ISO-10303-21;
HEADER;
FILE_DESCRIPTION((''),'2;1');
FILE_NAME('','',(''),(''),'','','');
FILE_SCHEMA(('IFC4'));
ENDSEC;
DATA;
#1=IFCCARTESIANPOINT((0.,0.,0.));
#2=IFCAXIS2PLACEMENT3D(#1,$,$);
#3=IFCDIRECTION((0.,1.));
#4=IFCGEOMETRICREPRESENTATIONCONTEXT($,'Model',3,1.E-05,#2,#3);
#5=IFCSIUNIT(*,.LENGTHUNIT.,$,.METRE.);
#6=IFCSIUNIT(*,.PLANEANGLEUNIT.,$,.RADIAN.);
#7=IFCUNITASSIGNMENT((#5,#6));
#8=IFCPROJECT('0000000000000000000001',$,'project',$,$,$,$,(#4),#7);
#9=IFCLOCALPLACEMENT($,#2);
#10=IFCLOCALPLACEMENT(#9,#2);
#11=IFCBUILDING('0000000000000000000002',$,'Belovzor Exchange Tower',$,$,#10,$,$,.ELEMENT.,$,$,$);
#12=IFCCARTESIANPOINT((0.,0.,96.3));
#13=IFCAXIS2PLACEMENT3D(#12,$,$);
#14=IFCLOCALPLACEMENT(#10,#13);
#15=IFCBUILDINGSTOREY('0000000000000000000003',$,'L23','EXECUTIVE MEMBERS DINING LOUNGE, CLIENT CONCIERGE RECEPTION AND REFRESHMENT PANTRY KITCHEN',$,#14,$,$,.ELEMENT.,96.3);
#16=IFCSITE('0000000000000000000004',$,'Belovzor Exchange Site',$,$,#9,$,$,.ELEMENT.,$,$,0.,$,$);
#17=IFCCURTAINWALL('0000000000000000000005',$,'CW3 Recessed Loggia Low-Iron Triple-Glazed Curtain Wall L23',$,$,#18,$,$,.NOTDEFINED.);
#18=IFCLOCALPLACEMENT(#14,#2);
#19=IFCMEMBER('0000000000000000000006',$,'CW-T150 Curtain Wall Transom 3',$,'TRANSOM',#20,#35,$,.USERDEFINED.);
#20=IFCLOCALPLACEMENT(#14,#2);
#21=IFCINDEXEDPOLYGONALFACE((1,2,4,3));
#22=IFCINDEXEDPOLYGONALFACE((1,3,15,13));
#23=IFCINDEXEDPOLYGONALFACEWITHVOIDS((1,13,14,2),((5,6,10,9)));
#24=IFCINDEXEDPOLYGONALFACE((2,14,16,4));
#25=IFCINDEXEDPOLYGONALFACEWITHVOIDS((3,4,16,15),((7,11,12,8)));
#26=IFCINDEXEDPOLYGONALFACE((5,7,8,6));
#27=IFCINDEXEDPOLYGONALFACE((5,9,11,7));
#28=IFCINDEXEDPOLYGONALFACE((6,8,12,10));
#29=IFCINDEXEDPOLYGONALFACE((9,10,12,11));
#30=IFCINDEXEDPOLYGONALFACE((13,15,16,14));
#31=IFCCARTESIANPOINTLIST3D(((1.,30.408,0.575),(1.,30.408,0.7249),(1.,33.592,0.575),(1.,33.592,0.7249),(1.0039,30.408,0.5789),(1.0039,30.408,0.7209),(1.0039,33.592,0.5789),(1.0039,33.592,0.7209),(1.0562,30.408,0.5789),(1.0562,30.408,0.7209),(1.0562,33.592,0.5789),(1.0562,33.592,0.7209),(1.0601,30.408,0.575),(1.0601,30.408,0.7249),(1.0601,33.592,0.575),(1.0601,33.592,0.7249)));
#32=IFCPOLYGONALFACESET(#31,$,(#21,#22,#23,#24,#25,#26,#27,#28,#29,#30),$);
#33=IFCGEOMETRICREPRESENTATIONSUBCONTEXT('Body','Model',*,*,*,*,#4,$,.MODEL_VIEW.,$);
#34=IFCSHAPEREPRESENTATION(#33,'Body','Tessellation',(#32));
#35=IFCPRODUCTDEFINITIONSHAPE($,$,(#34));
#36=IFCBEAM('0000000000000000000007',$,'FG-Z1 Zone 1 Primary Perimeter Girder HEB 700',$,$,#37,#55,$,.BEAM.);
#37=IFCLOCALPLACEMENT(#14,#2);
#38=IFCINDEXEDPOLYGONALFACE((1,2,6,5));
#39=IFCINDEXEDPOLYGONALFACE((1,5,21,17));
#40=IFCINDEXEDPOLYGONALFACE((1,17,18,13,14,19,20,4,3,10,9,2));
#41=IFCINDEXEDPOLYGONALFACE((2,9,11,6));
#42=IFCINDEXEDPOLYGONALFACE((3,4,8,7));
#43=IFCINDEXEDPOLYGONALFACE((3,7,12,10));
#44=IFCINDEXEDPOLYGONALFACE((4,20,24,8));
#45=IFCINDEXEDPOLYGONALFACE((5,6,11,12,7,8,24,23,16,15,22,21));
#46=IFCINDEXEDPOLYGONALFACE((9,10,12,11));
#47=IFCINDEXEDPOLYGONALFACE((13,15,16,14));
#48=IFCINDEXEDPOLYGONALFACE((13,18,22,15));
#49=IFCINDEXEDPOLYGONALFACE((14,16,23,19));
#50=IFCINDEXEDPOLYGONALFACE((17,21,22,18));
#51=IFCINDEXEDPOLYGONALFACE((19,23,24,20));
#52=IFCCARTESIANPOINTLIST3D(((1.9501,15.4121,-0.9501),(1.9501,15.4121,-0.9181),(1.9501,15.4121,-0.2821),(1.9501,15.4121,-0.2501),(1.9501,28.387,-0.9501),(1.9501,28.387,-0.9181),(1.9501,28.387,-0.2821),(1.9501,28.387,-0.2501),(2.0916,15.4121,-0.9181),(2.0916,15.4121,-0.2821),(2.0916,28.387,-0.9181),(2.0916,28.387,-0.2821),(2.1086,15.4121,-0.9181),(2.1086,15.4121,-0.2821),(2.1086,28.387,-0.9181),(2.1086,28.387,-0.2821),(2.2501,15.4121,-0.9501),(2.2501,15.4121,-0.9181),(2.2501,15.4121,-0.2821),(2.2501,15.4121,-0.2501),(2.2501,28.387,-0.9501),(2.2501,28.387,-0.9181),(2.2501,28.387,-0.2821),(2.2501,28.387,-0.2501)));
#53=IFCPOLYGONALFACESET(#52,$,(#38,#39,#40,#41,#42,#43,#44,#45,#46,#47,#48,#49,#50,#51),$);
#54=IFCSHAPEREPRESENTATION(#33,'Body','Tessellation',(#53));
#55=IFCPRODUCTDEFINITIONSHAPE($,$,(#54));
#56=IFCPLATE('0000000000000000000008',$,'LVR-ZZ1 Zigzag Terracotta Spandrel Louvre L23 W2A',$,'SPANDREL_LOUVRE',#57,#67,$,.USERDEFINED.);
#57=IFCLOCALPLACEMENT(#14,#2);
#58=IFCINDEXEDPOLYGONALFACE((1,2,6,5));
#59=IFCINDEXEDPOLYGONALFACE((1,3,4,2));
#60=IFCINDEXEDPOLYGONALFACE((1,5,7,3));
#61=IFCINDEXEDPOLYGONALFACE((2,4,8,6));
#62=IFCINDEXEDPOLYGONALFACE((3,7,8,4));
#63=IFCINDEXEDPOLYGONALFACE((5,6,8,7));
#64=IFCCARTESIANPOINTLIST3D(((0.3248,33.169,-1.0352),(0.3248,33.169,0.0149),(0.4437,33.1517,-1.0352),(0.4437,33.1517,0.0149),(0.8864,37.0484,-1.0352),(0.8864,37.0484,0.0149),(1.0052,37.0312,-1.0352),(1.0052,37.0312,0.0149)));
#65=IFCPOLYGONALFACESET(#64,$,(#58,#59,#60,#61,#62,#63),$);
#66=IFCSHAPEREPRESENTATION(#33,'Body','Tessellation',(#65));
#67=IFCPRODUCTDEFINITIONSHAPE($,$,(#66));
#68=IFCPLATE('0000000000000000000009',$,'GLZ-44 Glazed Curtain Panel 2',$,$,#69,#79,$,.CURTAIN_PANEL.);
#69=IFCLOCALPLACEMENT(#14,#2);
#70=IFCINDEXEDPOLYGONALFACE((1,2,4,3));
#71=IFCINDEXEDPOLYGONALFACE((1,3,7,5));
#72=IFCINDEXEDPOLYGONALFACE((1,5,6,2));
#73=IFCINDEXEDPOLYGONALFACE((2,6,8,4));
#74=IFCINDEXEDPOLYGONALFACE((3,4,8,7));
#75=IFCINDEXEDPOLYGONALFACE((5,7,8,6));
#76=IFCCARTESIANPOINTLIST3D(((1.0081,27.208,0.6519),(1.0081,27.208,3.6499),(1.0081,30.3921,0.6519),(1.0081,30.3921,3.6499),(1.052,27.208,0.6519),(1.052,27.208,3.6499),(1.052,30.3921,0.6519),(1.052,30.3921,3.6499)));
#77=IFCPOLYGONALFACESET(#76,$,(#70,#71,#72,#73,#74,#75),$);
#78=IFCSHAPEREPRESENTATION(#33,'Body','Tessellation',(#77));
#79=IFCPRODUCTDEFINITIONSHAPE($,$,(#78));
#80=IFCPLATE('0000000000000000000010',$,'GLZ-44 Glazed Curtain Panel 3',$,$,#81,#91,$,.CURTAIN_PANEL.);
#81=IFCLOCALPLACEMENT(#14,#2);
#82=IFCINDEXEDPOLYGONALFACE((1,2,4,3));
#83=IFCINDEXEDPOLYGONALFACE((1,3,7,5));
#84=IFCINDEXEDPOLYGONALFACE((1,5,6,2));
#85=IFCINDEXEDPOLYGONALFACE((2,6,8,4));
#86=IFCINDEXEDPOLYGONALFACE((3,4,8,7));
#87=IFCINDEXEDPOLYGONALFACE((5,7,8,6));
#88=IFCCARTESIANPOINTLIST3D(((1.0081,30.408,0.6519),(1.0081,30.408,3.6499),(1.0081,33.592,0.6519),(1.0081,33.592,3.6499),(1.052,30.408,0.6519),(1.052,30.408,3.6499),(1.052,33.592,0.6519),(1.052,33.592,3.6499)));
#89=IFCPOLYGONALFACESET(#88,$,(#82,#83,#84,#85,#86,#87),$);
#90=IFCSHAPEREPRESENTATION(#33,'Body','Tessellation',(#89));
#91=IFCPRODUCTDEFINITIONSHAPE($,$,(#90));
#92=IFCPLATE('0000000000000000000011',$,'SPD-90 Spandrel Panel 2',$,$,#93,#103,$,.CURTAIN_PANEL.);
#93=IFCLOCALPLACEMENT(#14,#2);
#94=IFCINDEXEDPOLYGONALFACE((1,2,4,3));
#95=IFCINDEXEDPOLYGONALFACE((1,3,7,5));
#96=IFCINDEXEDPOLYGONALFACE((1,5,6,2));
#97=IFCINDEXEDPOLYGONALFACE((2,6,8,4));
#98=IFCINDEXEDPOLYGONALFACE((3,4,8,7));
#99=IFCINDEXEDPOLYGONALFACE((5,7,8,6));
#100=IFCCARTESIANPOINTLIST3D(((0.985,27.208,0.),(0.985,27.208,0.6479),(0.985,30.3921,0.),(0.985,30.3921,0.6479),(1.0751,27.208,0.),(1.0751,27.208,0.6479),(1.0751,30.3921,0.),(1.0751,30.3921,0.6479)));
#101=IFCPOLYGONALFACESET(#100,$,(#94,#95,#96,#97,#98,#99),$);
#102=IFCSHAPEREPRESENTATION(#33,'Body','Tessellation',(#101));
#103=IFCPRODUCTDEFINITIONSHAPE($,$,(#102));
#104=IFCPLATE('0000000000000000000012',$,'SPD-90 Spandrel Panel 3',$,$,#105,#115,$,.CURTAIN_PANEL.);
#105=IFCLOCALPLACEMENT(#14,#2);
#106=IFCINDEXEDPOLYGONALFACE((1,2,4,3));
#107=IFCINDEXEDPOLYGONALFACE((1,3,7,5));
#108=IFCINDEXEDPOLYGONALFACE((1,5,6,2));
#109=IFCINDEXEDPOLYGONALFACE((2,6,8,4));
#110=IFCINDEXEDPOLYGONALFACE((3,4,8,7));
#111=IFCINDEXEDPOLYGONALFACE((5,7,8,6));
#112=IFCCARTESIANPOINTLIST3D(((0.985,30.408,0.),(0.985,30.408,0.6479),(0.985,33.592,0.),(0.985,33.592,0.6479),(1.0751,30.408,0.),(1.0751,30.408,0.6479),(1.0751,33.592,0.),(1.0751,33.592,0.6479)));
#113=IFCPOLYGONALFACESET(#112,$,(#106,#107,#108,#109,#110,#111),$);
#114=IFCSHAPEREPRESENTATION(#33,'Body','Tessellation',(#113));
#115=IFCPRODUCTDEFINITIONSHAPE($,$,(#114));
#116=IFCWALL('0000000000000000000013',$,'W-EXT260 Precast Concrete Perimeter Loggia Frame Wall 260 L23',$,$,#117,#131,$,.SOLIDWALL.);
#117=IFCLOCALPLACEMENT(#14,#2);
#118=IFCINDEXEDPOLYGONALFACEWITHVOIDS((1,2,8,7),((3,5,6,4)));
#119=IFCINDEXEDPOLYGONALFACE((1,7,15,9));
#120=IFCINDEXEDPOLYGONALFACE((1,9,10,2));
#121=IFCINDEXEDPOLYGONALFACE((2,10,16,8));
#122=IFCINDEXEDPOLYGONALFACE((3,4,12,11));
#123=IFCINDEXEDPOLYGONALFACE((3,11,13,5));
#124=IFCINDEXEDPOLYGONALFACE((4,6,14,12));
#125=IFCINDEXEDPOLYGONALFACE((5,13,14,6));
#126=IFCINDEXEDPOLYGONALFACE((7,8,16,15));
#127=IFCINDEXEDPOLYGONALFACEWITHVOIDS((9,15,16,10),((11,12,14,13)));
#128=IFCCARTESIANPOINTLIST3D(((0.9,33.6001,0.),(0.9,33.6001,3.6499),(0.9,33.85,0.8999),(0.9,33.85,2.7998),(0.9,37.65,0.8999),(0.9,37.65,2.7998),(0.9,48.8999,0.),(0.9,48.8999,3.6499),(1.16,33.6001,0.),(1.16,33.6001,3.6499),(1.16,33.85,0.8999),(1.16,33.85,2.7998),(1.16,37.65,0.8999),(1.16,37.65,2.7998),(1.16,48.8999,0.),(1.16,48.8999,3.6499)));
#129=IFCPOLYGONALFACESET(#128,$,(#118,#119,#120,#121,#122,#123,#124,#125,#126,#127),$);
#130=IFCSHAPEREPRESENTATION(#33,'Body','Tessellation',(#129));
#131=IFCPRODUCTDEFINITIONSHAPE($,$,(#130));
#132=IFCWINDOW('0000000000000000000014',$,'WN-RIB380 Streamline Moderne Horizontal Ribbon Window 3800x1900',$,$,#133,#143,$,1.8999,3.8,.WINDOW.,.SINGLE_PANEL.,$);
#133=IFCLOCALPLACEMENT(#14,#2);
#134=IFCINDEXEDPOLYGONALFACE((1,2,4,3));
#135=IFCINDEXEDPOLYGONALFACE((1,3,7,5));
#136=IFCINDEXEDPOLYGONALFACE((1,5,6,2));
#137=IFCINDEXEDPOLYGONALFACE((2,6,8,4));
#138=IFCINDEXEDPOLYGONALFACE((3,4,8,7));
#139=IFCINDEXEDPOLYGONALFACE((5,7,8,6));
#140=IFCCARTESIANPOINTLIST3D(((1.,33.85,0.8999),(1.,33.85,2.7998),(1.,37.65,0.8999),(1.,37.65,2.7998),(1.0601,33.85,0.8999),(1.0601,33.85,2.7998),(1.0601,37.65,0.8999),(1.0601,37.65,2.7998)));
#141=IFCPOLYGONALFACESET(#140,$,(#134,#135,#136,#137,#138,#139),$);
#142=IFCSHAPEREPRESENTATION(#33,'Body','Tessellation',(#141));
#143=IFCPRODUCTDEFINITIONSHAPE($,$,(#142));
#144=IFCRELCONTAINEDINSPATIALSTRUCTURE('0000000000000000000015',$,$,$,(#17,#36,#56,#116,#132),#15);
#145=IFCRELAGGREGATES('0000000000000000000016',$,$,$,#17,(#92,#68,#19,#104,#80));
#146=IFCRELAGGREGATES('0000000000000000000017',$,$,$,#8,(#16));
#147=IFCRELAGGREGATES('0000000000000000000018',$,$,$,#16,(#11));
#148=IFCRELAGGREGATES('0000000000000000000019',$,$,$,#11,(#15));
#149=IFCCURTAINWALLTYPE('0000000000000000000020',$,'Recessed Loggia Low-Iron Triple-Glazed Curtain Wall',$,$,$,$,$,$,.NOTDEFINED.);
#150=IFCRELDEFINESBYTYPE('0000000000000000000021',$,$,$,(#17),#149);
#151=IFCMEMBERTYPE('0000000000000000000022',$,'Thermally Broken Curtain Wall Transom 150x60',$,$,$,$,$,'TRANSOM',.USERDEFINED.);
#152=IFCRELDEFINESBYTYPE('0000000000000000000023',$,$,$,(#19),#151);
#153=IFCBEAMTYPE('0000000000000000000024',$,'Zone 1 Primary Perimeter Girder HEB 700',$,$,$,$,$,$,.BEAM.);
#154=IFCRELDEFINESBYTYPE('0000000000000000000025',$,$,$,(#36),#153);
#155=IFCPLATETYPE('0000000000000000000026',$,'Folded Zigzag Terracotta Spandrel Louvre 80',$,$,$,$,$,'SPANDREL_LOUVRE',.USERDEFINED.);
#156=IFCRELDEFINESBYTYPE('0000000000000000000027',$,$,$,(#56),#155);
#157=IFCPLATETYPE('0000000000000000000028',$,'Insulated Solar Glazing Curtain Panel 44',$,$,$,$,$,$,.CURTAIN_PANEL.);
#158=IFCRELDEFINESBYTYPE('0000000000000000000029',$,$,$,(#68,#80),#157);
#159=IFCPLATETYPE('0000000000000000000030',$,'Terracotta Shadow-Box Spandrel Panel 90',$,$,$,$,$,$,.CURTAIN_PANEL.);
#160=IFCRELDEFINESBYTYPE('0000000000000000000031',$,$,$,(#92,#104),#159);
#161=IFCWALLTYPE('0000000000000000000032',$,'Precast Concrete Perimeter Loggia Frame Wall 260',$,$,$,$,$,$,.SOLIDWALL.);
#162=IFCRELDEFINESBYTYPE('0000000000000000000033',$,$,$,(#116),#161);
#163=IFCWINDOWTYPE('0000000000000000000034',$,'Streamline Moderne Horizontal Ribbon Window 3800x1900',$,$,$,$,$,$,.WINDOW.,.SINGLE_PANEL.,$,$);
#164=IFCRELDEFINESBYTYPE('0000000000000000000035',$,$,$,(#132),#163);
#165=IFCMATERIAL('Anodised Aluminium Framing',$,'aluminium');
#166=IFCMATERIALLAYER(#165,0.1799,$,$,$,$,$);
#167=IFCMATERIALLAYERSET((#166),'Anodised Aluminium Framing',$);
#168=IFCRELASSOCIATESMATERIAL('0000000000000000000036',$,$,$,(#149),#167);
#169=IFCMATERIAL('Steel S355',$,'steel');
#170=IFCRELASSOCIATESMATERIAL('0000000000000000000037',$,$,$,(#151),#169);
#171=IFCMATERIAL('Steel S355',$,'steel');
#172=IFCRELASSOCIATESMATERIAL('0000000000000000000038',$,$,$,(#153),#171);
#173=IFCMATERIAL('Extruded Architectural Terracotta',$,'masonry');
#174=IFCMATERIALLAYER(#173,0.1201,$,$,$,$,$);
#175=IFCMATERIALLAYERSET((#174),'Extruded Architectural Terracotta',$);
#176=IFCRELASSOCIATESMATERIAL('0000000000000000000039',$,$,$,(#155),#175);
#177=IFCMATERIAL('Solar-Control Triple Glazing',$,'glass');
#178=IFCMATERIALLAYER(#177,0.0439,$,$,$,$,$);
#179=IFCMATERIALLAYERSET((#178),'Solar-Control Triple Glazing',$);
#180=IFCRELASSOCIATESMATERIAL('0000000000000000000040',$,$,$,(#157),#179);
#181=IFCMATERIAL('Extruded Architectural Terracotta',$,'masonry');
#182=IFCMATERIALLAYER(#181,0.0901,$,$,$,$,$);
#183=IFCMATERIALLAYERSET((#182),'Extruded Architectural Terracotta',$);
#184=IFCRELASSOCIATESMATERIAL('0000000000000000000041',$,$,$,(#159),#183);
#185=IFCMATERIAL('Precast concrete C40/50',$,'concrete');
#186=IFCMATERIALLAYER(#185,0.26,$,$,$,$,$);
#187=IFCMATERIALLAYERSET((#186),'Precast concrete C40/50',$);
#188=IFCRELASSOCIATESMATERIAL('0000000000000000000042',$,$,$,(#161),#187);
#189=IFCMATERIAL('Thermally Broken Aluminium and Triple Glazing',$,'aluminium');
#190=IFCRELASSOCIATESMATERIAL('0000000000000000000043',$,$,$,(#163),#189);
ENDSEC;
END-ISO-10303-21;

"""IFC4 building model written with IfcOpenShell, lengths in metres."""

from ifc_helpers import new_model, si_unit, direction, frame, frame_2d, origin, origin_2d, place, context, subcontext, project, spatial, rectangle, hollow_rectangle, i_section, extrude, material, layer, layer_set, material_profile, profile_set, type_object, element, fill, aggregate, save


model = new_model("IFC4")

# Units and contexts
model_context = context("Model", 3, precision=1e-05, world=origin(), true_north=direction((0.0, 1.0)))
body_context = subcontext(model_context, "Body", "Model", "MODEL_VIEW")
ifc_project = project(units=[si_unit("LENGTHUNIT", "METRE"), si_unit("PLANEANGLEUNIT", "RADIAN")], contexts=[model_context])

# Site, building, storey
site_placement = place(None, origin())
site = spatial("IfcSite", under=ifc_project, at=site_placement, Name="Belovzor Exchange Site", CompositionType="ELEMENT", RefElevation=0.0)
building_placement = place(site_placement, origin())
building = spatial("IfcBuilding", under=site, at=building_placement, Name="Belovzor Exchange Tower", CompositionType="ELEMENT")
storey_placement = place(building_placement, frame((0.0, 0.0, 96.3)))
storey = spatial("IfcBuildingStorey", under=building, at=storey_placement, Name="L23", Description="EXECUTIVE MEMBERS DINING LOUNGE, CLIENT CONCIERGE RECEPTION AND REFRESHMENT PANTRY KITCHEN", CompositionType="ELEMENT", Elevation=96.3)

# Curtain wall, member
ifc_material_1 = material(Name="Anodised Aluminium Framing", Category="aluminium")
ifc_layer_1 = layer(ifc_material_1, 0.1799)
ifc_layer_set_1 = layer_set([ifc_layer_1], Name="Anodised Aluminium Framing")
curtain_wall_type = type_object("IfcCurtainWallType", Name="Recessed Loggia Low-Iron Triple-Glazed Curtain Wall", PredefinedType="NOTDEFINED", material=ifc_layer_set_1)
curtain_wall_placement = place(storey_placement, origin())
curtain_wall = element("IfcCurtainWall", 1, at=curtain_wall_placement, inside=storey, type_object=curtain_wall_type, Name="CW3 Recessed Loggia Low-Iron Triple-Glazed Curtain Wall L23", PredefinedType="NOTDEFINED")
ifc_material_2 = material(Name="Steel S355", Category="steel")
ifc_material_profile_1 = material_profile(ifc_material_2, hollow_rectangle(XDim=0.0601, YDim=0.1499, WallThickness=0.0039, at=origin_2d()))
ifc_profile_set_1 = profile_set([ifc_material_profile_1], Name="Steel S355")
member_type_1 = type_object("IfcMemberType", Name="Thermally Broken Curtain Wall Transom 150x60", ElementType="TRANSOM", PredefinedType="USERDEFINED", material=ifc_profile_set_1)
member_1_placement = place(storey_placement, frame((1.03, 30.408, 0.6499), z_axis=(0.0, 1.0, 0.0), x_axis=(-1.0, 0.0, 0.0)))
member_1 = element("IfcMember", 2, at=member_1_placement, type_object=member_type_1, Name="CW-T150 Curtain Wall Transom 3", ObjectType="TRANSOM", PredefinedType="USERDEFINED", context=body_context, shape_type="SweptSolid", body=[
    extrude(hollow_rectangle(XDim=0.0601, YDim=0.1499, WallThickness=0.0039, at=origin_2d()), origin(), (0.0, 0.0, 1.0), 3.1841),
])

# Beam
ifc_material_3 = material(Name="Steel S355", Category="steel")
ifc_material_profile_2 = material_profile(ifc_material_3, i_section(OverallWidth=0.3, OverallDepth=0.7, WebThickness=0.0171, FlangeThickness=0.032, at=origin_2d()))
ifc_profile_set_2 = profile_set([ifc_material_profile_2], Name="Steel S355")
beam_type_1 = type_object("IfcBeamType", Name="Zone 1 Primary Perimeter Girder HEB 700", PredefinedType="BEAM", material=ifc_profile_set_2)
beam_1_placement = place(storey_placement, frame((2.1001, 28.387, -0.6001), z_axis=(0.0, -1.0, 0.0), x_axis=(1.0, 0.0, 0.0)))
element("IfcBeam", 3, at=beam_1_placement, inside=storey, type_object=beam_type_1, Name="FG-Z1 Zone 1 Primary Perimeter Girder HEB 700", PredefinedType="BEAM", context=body_context, shape_type="SweptSolid", body=[
    extrude(i_section(OverallWidth=0.3, OverallDepth=0.7, WebThickness=0.0171, FlangeThickness=0.032, at=origin_2d()), origin(), (0.0, 0.0, 1.0), 12.9749),
])

# Plates
ifc_material_4 = material(Name="Extruded Architectural Terracotta", Category="masonry")
ifc_layer_2 = layer(ifc_material_4, 0.1201)
ifc_layer_set_2 = layer_set([ifc_layer_2], Name="Extruded Architectural Terracotta")
plate_type_1 = type_object("IfcPlateType", Name="Folded Zigzag Terracotta Spandrel Louvre 80", ElementType="SPANDREL_LOUVRE", PredefinedType="USERDEFINED", material=ifc_layer_set_2)
plate_1_placement = place(storey_placement, frame((0.665, 35.1001, -1.0352), z_axis=(0.0, 0.0, 1.0), x_axis=(0.143251, 0.989686, 0.0)))
element("IfcPlate", 4, at=plate_1_placement, inside=storey, type_object=plate_type_1, Name="LVR-ZZ1 Zigzag Terracotta Spandrel Louvre L23 W2A", ObjectType="SPANDREL_LOUVRE", PredefinedType="USERDEFINED", context=body_context, shape_type="SweptSolid", body=[
    extrude(rectangle(XDim=3.9199, YDim=0.1201, at=origin_2d()), origin(), (0.0, 0.0, 1.0), 1.05),
])
ifc_material_5 = material(Name="Solar-Control Triple Glazing", Category="glass")
ifc_layer_3 = layer(ifc_material_5, 0.0439)
ifc_layer_set_3 = layer_set([ifc_layer_3], Name="Solar-Control Triple Glazing")
plate_type_2 = type_object("IfcPlateType", Name="Insulated Solar Glazing Curtain Panel 44", PredefinedType="CURTAIN_PANEL", material=ifc_layer_set_3)
plate_2_placement = place(storey_placement, frame((1.03, 28.8, 0.6519), z_axis=(0.0, 0.0, 1.0), x_axis=(0.0, 1.0, 0.0)))
plate_2 = element("IfcPlate", 5, at=plate_2_placement, type_object=plate_type_2, Name="GLZ-44 Glazed Curtain Panel 2", PredefinedType="CURTAIN_PANEL", context=body_context, shape_type="SweptSolid", body=[
    extrude(rectangle(XDim=3.1841, YDim=0.0439, at=origin_2d()), origin(), (0.0, 0.0, 1.0), 2.998),
])
plate_3_placement = place(storey_placement, frame((1.03, 32.0, 0.6519), z_axis=(0.0, 0.0, 1.0), x_axis=(0.0, 1.0, 0.0)))
plate_3 = element("IfcPlate", 6, at=plate_3_placement, type_object=plate_type_2, Name="GLZ-44 Glazed Curtain Panel 3", PredefinedType="CURTAIN_PANEL", context=body_context, shape_type="SweptSolid", body=[
    extrude(rectangle(XDim=3.1841, YDim=0.0439, at=origin_2d()), origin(), (0.0, 0.0, 1.0), 2.998),
])
ifc_material_6 = material(Name="Extruded Architectural Terracotta", Category="masonry")
ifc_layer_4 = layer(ifc_material_6, 0.0901)
ifc_layer_set_4 = layer_set([ifc_layer_4], Name="Extruded Architectural Terracotta")
plate_type_3 = type_object("IfcPlateType", Name="Terracotta Shadow-Box Spandrel Panel 90", PredefinedType="CURTAIN_PANEL", material=ifc_layer_set_4)
plate_4_placement = place(storey_placement, frame((1.03, 28.8, 0.0), z_axis=(0.0, 0.0, 1.0), x_axis=(0.0, 1.0, 0.0)))
plate_4 = element("IfcPlate", 7, at=plate_4_placement, type_object=plate_type_3, Name="SPD-90 Spandrel Panel 2", PredefinedType="CURTAIN_PANEL", context=body_context, shape_type="SweptSolid", body=[
    extrude(rectangle(XDim=3.1841, YDim=0.0901, at=origin_2d()), origin(), (0.0, 0.0, 1.0), 0.6479),
])
plate_5_placement = place(storey_placement, frame((1.03, 32.0, 0.0), z_axis=(0.0, 0.0, 1.0), x_axis=(0.0, 1.0, 0.0)))
plate_5 = element("IfcPlate", 8, at=plate_5_placement, type_object=plate_type_3, Name="SPD-90 Spandrel Panel 3", PredefinedType="CURTAIN_PANEL", context=body_context, shape_type="SweptSolid", body=[
    extrude(rectangle(XDim=3.1841, YDim=0.0901, at=origin_2d()), origin(), (0.0, 0.0, 1.0), 0.6479),
])
aggregate(curtain_wall, [plate_4, plate_2, member_1, plate_5, plate_3])

# Wall, opening, window
ifc_material_7 = material(Name="Precast concrete C40/50", Category="concrete")
ifc_layer_5 = layer(ifc_material_7, 0.26)
ifc_layer_set_5 = layer_set([ifc_layer_5], Name="Precast concrete C40/50")
wall_type = type_object("IfcWallType", Name="Precast Concrete Perimeter Loggia Frame Wall 260", PredefinedType="SOLIDWALL", material=ifc_layer_set_5)
wall_placement = place(storey_placement, frame((1.03, 33.6001, 0.0), z_axis=(0.0, 0.0, 1.0), x_axis=(0.0, 1.0, 0.0)))
wall = element("IfcWall", 9, at=wall_placement, inside=storey, type_object=wall_type, Name="W-EXT260 Precast Concrete Perimeter Loggia Frame Wall 260 L23", PredefinedType="SOLIDWALL", context=body_context, shape_type="SweptSolid", body=[
    extrude(rectangle(XDim=15.2998, YDim=0.26, at=frame_2d((7.6499, 0.0))), origin(), (0.0, 0.0, 1.0), 3.6499),
])
opening_placement = place(wall_placement, frame((0.25, 0.0, 0.8999)))
opening = element("IfcOpeningElement", 10, at=opening_placement, cuts=wall, PredefinedType="OPENING", context=body_context, shape_type="SweptSolid", body=[
    extrude(rectangle(XDim=3.8, YDim=1.8999, at=frame_2d((1.8999, 0.95))), frame((0.0, 0.1399, 0.0), z_axis=(0.0, -1.0, 0.0), x_axis=(1.0, 0.0, 0.0)), (0.0, 0.0, 1.0), 0.28),
])
ifc_material_8 = material(Name="Thermally Broken Aluminium and Triple Glazing", Category="aluminium")
window_type = type_object("IfcWindowType", Name="Streamline Moderne Horizontal Ribbon Window 3800x1900", PartitioningType="SINGLE_PANEL", PredefinedType="WINDOW", material=ifc_material_8)
window_placement = place(opening_placement, origin())
window = element("IfcWindow", 11, at=window_placement, inside=storey, type_object=window_type, Name="WN-RIB380 Streamline Moderne Horizontal Ribbon Window 3800x1900", OverallHeight=1.8999, OverallWidth=3.8, PartitioningType="SINGLE_PANEL", PredefinedType="WINDOW", context=body_context, shape_type="SweptSolid", body=[
    extrude(rectangle(XDim=3.8, YDim=1.8999, at=frame_2d((1.8999, 0.95))), frame((0.0, 0.03, 0.0), z_axis=(0.0, -1.0, 0.0), x_axis=(1.0, 0.0, 0.0)), (0.0, 0.0, 1.0), 0.0601),
])
fill(opening, window)

save(model, "model.ifc")
